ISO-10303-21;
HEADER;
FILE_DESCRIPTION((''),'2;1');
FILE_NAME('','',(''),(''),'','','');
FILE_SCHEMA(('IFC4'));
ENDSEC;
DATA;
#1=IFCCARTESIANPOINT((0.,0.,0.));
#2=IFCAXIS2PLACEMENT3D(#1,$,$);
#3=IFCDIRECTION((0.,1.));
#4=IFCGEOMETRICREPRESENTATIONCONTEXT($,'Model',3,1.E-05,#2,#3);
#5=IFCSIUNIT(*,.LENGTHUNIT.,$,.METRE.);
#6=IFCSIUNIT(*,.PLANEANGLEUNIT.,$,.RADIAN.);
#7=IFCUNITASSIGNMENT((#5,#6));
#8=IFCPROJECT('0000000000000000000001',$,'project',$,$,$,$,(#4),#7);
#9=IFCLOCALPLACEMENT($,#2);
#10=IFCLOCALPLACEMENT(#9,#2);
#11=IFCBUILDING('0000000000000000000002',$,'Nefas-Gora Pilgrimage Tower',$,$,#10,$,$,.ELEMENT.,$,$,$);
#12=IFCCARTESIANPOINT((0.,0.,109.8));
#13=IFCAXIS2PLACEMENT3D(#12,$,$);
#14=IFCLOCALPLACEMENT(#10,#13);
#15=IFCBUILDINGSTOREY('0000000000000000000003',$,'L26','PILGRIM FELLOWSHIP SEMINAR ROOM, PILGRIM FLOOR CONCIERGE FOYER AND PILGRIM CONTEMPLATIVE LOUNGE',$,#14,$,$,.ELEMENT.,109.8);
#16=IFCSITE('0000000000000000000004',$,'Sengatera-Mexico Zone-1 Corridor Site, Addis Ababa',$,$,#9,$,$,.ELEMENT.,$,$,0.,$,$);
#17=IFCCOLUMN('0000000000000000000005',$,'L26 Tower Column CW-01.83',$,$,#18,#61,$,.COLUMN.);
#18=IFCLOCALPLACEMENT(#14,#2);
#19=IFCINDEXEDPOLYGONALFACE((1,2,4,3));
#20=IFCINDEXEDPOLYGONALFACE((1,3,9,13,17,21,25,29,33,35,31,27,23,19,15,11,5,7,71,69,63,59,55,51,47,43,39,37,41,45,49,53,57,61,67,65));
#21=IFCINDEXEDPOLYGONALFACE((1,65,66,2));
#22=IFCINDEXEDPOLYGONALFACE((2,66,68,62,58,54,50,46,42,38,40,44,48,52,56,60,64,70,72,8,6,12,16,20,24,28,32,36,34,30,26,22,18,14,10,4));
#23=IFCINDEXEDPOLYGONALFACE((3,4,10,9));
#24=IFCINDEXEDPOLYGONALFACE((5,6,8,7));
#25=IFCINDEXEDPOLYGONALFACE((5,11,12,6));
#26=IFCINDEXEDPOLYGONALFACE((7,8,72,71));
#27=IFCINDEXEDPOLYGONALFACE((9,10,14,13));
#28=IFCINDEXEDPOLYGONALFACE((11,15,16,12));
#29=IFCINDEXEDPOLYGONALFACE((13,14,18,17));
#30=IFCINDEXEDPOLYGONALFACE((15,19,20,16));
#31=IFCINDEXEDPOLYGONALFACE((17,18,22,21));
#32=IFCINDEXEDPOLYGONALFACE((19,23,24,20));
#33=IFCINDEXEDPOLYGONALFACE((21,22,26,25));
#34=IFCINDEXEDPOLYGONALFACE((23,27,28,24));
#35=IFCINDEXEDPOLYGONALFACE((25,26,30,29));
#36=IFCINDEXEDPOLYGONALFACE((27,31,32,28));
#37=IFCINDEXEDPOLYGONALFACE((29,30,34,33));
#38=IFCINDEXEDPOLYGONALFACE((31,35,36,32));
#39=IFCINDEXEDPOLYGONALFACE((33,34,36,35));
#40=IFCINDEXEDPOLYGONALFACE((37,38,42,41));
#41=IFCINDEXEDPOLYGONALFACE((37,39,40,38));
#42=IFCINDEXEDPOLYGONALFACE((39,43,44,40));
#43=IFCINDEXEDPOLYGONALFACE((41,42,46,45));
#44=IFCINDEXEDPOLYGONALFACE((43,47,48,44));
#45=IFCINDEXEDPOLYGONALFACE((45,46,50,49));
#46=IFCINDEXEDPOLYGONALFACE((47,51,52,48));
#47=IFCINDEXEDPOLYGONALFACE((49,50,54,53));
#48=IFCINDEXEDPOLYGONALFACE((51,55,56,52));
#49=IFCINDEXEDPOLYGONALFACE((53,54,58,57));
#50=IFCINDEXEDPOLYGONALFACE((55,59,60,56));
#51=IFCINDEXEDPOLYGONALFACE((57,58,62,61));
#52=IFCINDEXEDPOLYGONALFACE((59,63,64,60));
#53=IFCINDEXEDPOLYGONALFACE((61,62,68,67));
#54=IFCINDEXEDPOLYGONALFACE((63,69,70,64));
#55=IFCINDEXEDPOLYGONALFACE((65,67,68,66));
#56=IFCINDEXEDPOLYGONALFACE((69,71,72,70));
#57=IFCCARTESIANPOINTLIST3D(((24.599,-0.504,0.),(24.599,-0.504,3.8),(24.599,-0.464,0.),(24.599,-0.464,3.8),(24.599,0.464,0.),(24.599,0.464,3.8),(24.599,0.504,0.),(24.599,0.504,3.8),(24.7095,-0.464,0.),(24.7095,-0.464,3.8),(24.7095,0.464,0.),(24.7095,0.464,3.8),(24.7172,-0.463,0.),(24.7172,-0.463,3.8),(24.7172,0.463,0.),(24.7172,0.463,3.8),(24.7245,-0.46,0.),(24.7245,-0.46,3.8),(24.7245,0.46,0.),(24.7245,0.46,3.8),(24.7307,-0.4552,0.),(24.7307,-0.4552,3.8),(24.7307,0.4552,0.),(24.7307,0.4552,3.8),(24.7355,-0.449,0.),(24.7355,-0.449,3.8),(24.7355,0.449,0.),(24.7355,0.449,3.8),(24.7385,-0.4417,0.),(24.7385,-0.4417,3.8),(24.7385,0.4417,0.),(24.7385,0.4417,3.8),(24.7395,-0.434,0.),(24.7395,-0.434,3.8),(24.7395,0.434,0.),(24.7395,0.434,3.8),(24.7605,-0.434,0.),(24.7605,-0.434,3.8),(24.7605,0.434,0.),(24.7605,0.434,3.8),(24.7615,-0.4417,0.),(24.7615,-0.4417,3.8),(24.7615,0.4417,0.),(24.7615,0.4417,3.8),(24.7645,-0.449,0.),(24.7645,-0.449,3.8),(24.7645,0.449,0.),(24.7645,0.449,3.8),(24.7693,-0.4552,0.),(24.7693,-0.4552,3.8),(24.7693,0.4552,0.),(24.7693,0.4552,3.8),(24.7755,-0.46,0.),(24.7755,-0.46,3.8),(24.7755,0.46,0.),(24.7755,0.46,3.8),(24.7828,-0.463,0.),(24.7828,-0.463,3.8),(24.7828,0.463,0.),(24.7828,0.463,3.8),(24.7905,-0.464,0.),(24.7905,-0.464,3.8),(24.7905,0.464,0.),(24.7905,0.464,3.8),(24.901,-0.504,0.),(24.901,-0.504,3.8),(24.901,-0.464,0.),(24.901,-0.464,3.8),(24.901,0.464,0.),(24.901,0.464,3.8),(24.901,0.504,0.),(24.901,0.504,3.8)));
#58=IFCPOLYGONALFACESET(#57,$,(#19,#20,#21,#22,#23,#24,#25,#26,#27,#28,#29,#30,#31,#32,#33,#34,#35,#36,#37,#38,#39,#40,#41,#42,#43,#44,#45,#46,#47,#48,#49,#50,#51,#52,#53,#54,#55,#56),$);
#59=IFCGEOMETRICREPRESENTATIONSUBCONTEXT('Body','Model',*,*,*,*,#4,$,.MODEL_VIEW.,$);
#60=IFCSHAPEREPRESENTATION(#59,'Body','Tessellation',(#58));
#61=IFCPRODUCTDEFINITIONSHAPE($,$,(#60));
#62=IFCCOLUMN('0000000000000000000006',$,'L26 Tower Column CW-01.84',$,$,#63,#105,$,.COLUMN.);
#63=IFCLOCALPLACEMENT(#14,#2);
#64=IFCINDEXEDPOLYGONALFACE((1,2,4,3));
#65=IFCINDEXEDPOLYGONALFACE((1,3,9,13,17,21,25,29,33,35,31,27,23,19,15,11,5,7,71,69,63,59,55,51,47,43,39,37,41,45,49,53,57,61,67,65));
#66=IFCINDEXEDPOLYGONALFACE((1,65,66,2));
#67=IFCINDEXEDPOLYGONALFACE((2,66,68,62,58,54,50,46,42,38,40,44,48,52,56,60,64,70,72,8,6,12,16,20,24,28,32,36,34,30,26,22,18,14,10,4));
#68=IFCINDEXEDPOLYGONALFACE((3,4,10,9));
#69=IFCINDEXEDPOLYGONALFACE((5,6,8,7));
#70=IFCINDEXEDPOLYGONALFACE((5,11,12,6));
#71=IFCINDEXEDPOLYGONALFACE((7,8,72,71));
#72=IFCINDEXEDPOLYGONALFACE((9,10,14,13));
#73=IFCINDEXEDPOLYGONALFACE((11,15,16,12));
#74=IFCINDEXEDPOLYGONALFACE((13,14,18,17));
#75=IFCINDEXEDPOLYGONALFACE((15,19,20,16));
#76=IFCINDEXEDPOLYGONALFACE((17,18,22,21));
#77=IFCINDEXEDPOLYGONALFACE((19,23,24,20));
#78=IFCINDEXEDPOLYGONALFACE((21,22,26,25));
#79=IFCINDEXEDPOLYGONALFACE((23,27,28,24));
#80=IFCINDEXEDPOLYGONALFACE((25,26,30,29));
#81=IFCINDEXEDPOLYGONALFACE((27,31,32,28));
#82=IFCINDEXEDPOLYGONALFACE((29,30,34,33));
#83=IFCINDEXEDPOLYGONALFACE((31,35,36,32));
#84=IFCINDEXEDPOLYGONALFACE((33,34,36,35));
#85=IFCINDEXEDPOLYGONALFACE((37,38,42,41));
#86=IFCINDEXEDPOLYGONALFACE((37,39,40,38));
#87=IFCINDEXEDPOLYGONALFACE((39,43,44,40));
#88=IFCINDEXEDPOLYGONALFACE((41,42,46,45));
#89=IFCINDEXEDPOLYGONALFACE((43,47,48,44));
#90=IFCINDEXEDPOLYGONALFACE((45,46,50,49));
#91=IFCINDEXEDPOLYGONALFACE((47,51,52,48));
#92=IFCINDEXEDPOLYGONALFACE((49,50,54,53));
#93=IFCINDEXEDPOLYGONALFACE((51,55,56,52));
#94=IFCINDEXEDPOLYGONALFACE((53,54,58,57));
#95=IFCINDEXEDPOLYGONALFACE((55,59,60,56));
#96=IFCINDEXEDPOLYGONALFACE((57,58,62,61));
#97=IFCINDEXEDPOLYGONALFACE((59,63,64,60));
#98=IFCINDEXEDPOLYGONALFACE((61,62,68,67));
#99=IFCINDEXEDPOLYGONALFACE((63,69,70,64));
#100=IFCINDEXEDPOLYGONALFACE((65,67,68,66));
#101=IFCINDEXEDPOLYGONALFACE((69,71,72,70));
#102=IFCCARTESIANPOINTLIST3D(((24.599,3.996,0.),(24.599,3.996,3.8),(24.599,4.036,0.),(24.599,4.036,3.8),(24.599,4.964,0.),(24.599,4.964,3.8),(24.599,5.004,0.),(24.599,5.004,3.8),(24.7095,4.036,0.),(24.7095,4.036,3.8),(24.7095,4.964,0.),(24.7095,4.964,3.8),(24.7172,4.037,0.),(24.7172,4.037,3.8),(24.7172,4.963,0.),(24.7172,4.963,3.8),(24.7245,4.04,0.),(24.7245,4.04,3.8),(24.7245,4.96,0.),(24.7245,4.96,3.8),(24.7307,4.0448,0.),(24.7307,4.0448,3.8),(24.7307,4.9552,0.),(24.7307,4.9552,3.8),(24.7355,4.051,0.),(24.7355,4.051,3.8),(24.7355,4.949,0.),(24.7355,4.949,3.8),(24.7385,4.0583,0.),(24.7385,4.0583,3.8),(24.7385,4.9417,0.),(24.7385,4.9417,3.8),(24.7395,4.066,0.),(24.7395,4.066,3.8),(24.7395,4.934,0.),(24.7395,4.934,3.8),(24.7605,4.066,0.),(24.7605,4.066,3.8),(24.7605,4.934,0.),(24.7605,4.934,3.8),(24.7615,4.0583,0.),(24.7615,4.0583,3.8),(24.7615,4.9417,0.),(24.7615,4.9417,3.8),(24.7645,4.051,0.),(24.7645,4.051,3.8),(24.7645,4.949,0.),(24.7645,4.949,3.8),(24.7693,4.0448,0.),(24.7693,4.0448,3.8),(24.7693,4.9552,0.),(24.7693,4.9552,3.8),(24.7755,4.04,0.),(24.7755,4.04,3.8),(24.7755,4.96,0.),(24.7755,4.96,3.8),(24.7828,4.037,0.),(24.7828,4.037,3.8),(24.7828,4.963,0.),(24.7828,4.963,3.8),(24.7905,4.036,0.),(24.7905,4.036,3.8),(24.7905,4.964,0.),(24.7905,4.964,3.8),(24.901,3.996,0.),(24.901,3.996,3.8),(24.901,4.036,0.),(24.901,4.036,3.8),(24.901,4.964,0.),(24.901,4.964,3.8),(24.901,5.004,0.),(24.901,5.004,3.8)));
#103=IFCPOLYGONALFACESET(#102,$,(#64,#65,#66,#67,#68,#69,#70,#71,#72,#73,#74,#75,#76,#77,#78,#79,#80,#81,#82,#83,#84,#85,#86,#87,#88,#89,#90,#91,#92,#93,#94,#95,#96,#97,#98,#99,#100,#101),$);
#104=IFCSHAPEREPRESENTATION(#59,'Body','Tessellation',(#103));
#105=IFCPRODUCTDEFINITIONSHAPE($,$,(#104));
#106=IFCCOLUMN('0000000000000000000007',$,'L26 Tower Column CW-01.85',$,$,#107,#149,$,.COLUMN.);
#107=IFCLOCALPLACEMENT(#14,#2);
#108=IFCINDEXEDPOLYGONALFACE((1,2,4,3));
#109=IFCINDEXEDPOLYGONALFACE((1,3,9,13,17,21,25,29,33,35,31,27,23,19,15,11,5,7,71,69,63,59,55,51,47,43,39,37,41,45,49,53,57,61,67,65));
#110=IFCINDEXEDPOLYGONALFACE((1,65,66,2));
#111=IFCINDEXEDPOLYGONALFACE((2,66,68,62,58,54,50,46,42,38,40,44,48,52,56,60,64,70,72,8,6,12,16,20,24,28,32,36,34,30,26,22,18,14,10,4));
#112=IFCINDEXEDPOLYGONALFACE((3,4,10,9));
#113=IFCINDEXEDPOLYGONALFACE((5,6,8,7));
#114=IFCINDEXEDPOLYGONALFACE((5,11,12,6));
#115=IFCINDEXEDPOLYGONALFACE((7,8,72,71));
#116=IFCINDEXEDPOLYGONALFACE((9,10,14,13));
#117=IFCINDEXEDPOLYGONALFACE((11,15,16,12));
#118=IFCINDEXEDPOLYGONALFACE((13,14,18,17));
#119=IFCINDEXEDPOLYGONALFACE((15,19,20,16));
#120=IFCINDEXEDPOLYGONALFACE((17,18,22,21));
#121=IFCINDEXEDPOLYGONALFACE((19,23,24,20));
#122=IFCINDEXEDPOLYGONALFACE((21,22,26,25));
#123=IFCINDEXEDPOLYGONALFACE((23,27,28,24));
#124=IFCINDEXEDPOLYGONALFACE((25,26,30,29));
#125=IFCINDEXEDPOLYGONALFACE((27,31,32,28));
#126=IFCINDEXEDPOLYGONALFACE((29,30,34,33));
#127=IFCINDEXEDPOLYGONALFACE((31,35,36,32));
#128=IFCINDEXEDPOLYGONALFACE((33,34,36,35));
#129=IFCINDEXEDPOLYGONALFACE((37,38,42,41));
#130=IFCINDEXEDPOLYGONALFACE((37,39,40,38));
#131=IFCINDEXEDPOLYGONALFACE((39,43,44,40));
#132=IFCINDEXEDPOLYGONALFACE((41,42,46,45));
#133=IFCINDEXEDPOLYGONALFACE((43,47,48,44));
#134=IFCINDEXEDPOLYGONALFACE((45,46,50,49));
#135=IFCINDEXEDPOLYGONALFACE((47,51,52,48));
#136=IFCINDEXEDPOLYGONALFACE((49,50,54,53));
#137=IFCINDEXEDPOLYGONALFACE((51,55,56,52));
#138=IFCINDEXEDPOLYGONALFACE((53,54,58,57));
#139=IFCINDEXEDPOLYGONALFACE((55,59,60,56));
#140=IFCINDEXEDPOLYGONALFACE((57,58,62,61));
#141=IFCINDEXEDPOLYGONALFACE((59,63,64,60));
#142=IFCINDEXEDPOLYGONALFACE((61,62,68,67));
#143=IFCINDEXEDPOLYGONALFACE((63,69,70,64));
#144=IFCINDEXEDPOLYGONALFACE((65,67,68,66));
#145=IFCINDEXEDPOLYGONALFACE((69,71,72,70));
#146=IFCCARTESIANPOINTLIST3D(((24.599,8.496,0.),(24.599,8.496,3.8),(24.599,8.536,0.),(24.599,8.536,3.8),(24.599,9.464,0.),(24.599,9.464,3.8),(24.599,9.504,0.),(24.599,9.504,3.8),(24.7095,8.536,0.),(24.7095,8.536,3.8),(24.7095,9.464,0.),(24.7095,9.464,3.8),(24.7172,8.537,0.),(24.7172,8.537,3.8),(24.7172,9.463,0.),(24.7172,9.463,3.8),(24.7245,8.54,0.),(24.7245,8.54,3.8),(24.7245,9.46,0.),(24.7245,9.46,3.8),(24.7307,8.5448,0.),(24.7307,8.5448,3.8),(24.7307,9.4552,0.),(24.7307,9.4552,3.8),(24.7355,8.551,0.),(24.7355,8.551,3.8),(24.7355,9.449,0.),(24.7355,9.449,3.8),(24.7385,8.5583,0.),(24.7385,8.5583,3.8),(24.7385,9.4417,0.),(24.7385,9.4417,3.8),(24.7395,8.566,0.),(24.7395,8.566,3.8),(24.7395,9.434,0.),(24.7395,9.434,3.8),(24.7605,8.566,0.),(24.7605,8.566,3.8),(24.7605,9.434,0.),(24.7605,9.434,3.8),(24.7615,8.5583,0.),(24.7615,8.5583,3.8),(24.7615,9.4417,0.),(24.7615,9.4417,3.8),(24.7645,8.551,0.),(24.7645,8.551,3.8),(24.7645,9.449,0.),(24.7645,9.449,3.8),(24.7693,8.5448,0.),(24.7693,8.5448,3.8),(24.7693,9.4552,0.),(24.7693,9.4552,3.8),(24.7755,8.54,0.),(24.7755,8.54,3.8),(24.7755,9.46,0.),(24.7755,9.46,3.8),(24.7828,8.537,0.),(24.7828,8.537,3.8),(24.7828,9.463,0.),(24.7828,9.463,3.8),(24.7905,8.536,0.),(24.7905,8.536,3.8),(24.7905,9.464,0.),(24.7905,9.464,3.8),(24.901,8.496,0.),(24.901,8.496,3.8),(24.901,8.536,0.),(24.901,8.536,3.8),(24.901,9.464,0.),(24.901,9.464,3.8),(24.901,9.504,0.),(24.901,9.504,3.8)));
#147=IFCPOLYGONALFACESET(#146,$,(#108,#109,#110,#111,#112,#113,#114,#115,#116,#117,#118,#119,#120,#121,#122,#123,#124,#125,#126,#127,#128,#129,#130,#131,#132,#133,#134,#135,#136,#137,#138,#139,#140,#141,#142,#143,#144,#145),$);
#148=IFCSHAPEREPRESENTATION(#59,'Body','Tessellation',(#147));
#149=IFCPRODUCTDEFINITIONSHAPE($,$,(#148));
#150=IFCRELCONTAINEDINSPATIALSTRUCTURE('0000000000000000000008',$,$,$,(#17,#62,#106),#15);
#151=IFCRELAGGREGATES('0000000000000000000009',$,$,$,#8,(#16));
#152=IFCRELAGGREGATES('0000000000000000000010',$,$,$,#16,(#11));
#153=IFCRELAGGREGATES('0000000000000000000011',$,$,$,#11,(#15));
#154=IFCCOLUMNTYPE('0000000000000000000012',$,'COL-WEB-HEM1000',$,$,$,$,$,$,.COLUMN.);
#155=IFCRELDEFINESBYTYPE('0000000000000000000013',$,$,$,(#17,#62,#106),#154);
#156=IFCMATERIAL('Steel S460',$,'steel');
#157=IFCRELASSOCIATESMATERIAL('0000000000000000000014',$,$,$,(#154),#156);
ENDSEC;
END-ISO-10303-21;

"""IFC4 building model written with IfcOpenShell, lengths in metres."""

from ifc_helpers import new_model, si_unit, direction, frame, origin, origin_2d, place, context, subcontext, project, spatial, i_section, extrude, source, transform, mapped, material, material_profile, profile_set, type_object, element, save


model = new_model("IFC4")

# Units and contexts
model_context = context("Model", 3, precision=1e-05, world=origin(), true_north=direction((0.0, 1.0)))
body_context = subcontext(model_context, "Body", "Model", "MODEL_VIEW")
ifc_project = project(units=[si_unit("LENGTHUNIT", "METRE"), si_unit("PLANEANGLEUNIT", "RADIAN")], contexts=[model_context])

# Site, building, storey
site_placement = place(None, origin())
site = spatial("IfcSite", under=ifc_project, at=site_placement, Name="Sengatera-Mexico Zone-1 Corridor Site, Addis Ababa", CompositionType="ELEMENT", RefElevation=0.0)
building_placement = place(site_placement, origin())
building = spatial("IfcBuilding", under=site, at=building_placement, Name="Nefas-Gora Pilgrimage Tower", CompositionType="ELEMENT")
storey_placement = place(building_placement, frame((0.0, 0.0, 109.8)))
storey = spatial("IfcBuildingStorey", under=building, at=storey_placement, Name="L26", Description="PILGRIM FELLOWSHIP SEMINAR ROOM, PILGRIM FLOOR CONCIERGE FOYER AND PILGRIM CONTEMPLATIVE LOUNGE", CompositionType="ELEMENT", Elevation=109.8)

# Columns
ifc_material_1 = material(Name="Steel S460", Category="steel")
ifc_material_profile_1 = material_profile(ifc_material_1, i_section(OverallWidth=0.302, OverallDepth=1.0081, WebThickness=0.021, FlangeThickness=0.04, FilletRadius=0.03, at=origin_2d()), Name="HEM 1000")
ifc_profile_set_1 = profile_set([ifc_material_profile_1], Name="Steel S460")
column_type_1 = type_object("IfcColumnType", Name="COL-WEB-HEM1000", PredefinedType="COLUMN", material=ifc_profile_set_1)
shared_shape_1 = source(origin(), body_context, "Body", "SweptSolid", [
    extrude(i_section(OverallWidth=0.302, OverallDepth=1.0081, WebThickness=0.021, FlangeThickness=0.04, FilletRadius=0.03, at=origin_2d()), origin(), (0.0, 0.0, 1.0), 3.8),
])
for number, where, z_axis, x_axis, name in (
    (1, (24.75, 0.0, 0.0), (0.0, 0.0, 1.0), (1.0, 0.0, 0.0), "L26 Tower Column CW-01.83"),
    (2, (24.75, 4.5, 0.0), (0.0, 0.0, 1.0), (1.0, 0.0, 0.0), "L26 Tower Column CW-01.84"),
    (3, (24.75, 9.0, 0.0), (0.0, 0.0, 1.0), (1.0, 0.0, 0.0), "L26 Tower Column CW-01.85"),
):
    element("IfcColumn", number, at=place(storey_placement, frame(where, z_axis=z_axis, x_axis=x_axis)), inside=storey, type_object=column_type_1, Name=name, PredefinedType="COLUMN", context=body_context, shape_type="MappedRepresentation", body=[
        mapped(shared_shape_1, transform((0.0, 0.0, 0.0), x_axis=(1.0, 0.0, 0.0), y_axis=(0.0, 1.0, 0.0), z_axis=(0.0, 0.0, 1.0), scale=1.0)),
    ])

save(model, "model.ifc")
